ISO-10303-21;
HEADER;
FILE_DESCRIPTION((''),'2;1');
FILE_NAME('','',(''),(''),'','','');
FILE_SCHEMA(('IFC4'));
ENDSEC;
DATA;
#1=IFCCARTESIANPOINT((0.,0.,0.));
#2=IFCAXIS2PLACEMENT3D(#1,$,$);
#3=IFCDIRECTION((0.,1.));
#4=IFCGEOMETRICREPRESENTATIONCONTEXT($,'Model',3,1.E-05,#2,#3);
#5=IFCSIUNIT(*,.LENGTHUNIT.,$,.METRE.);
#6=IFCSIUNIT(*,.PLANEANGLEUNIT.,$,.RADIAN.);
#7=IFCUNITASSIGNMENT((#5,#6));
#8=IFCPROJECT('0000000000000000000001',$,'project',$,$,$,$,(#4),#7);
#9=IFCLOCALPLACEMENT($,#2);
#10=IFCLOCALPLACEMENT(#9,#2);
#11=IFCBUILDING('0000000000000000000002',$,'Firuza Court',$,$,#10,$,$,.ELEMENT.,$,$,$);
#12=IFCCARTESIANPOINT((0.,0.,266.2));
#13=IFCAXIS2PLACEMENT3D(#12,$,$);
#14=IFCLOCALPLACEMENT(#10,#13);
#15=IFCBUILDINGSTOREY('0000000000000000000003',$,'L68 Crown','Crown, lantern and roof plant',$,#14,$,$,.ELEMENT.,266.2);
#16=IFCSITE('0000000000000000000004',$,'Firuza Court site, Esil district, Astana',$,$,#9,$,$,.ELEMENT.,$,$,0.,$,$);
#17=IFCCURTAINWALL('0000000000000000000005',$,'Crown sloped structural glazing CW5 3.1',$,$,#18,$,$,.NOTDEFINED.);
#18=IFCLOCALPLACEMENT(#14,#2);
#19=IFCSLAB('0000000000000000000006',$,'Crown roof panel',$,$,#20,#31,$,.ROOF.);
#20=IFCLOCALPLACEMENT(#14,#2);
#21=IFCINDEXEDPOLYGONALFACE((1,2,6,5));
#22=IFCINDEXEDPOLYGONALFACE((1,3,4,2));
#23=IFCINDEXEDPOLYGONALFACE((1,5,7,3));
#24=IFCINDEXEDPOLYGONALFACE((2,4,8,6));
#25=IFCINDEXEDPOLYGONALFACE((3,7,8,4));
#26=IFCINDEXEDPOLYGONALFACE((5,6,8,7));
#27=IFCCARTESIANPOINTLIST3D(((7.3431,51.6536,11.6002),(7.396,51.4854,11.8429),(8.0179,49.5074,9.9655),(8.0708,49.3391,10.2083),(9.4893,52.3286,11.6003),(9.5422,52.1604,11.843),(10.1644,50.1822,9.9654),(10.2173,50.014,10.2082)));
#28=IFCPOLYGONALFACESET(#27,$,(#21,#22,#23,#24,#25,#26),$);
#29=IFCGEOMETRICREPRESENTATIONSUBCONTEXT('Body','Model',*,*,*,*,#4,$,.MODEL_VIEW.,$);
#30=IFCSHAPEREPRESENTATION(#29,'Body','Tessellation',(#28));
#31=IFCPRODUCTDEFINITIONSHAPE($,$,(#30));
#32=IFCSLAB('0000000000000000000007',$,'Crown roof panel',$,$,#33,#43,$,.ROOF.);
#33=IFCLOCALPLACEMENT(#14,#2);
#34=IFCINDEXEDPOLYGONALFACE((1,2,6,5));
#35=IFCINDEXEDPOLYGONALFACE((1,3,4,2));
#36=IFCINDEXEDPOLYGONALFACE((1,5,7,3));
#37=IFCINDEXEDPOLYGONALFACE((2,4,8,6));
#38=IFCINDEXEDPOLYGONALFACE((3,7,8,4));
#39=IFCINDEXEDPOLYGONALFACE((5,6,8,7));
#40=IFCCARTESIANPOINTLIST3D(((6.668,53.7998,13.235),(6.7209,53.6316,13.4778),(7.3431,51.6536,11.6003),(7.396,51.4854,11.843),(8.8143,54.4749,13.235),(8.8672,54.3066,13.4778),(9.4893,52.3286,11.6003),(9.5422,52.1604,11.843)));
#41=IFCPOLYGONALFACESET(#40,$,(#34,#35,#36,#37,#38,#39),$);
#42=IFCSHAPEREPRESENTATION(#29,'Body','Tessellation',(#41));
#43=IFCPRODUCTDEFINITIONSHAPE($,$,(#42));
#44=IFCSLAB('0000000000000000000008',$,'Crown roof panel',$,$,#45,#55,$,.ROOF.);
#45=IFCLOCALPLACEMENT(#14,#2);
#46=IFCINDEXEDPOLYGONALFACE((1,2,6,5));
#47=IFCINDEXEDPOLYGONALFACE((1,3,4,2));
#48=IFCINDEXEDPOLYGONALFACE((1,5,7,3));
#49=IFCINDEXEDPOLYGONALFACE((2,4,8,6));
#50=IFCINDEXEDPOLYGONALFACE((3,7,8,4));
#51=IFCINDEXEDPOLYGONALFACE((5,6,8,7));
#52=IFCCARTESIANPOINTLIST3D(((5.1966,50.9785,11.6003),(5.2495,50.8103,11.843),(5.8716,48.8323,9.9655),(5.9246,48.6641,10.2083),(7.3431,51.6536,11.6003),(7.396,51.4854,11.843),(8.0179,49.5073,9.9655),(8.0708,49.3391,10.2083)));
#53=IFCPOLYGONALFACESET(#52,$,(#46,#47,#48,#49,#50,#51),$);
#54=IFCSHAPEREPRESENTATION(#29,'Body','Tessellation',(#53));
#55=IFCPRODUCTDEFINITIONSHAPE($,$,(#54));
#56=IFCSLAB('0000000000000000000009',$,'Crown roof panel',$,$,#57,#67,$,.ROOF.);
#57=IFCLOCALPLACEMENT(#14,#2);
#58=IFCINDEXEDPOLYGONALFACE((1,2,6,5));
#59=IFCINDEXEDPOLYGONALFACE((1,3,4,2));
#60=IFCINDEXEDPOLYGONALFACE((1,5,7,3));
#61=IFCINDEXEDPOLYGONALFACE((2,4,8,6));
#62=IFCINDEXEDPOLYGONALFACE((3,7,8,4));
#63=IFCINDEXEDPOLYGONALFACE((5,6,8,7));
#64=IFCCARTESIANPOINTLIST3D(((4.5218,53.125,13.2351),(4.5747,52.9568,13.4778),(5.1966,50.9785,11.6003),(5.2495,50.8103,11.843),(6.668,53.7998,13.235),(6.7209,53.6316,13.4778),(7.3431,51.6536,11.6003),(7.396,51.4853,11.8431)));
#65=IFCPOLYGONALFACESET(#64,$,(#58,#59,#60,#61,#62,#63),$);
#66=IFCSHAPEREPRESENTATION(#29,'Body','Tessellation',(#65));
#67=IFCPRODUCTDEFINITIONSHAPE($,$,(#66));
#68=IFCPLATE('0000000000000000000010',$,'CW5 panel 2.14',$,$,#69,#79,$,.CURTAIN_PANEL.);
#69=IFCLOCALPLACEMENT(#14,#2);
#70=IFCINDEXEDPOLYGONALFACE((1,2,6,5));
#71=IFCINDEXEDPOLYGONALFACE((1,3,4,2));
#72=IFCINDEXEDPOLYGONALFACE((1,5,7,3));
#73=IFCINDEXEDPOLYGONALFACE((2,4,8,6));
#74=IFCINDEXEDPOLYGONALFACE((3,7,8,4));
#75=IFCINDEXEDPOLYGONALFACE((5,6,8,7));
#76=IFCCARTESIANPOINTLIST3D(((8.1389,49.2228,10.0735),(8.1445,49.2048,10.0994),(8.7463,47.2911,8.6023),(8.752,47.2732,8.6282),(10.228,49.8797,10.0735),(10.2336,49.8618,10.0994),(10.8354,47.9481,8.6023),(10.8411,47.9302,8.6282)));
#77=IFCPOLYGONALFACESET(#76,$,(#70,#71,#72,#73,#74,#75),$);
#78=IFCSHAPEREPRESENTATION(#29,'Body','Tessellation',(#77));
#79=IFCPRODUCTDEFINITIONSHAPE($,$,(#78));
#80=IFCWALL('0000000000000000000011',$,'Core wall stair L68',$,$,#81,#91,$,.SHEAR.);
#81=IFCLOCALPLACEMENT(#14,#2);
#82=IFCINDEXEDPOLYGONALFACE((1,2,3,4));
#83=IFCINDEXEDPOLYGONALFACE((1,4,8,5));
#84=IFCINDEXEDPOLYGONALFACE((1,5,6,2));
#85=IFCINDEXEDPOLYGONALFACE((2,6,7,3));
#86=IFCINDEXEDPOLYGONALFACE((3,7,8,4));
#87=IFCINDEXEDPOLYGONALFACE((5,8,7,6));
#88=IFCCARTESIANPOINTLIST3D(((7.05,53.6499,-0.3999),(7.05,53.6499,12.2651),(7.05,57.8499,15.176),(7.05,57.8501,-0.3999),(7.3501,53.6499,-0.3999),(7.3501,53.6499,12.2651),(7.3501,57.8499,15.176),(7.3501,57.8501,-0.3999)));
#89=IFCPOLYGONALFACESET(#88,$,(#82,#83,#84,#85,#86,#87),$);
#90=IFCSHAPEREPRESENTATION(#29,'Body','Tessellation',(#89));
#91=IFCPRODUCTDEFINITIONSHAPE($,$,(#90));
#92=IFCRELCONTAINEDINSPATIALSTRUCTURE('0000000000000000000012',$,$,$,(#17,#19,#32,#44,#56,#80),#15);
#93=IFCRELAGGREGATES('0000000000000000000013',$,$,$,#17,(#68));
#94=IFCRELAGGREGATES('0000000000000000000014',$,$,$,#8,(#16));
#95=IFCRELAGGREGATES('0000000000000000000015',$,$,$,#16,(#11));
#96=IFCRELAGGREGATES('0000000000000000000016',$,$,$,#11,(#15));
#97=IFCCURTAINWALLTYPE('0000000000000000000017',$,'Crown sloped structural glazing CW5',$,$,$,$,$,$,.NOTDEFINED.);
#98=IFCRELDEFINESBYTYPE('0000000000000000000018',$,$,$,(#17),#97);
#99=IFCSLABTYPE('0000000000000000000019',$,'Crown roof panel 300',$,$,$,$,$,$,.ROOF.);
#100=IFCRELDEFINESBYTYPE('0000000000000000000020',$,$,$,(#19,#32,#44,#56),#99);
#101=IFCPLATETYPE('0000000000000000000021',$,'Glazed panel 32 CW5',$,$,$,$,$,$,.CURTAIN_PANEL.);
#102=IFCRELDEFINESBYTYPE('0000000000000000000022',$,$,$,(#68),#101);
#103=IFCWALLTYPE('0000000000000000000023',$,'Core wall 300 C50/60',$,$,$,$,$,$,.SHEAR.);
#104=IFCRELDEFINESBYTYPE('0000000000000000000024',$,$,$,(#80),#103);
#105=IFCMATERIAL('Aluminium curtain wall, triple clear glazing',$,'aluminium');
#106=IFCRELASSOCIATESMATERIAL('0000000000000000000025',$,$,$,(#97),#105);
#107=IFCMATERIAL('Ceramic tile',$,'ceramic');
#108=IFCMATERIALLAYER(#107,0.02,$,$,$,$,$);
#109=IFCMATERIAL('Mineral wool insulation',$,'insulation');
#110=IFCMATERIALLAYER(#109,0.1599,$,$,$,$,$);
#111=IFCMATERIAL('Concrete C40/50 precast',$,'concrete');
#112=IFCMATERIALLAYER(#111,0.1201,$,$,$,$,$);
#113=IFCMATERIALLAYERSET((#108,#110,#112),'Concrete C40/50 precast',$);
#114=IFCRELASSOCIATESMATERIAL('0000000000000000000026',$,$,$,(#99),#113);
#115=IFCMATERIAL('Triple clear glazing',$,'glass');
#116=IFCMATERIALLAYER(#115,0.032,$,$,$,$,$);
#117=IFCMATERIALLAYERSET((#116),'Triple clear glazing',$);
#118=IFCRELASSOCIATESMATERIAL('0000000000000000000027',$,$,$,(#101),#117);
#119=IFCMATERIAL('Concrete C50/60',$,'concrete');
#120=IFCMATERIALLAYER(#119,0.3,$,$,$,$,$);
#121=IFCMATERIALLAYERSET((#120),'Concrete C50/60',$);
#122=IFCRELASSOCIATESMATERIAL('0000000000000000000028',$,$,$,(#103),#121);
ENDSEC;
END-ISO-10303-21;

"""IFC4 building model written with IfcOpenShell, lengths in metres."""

from ifc_helpers import new_model, si_unit, direction, frame, origin, place, context, subcontext, project, spatial, polyline, outline, extrude, material, layer, layer_set, type_object, element, aggregate, save


model = new_model("IFC4")

# Units and contexts
model_context = context("Model", 3, precision=1e-05, world=origin(), true_north=direction((0.0, 1.0)))
body_context = subcontext(model_context, "Body", "Model", "MODEL_VIEW")
ifc_project = project(units=[si_unit("LENGTHUNIT", "METRE"), si_unit("PLANEANGLEUNIT", "RADIAN")], contexts=[model_context])

# Site, building, storey
site_placement = place(None, origin())
site = spatial("IfcSite", under=ifc_project, at=site_placement, Name="Firuza Court site, Esil district, Astana", CompositionType="ELEMENT", RefElevation=0.0)
building_placement = place(site_placement, origin())
building = spatial("IfcBuilding", under=site, at=building_placement, Name="Firuza Court", CompositionType="ELEMENT")
storey_placement = place(building_placement, frame((0.0, 0.0, 266.2)))
storey = spatial("IfcBuildingStorey", under=building, at=storey_placement, Name="L68 Crown", Description="Crown, lantern and roof plant", CompositionType="ELEMENT", Elevation=266.2)

# Curtain wall
ifc_material_1 = material(Name="Aluminium curtain wall, triple clear glazing", Category="aluminium")
curtain_wall_type = type_object("IfcCurtainWallType", Name="Crown sloped structural glazing CW5", PredefinedType="NOTDEFINED", material=ifc_material_1)
curtain_wall_placement = place(storey_placement, origin())
curtain_wall = element("IfcCurtainWall", 1, at=curtain_wall_placement, inside=storey, type_object=curtain_wall_type, Name="Crown sloped structural glazing CW5 3.1", PredefinedType="NOTDEFINED")

# Slabs
ifc_material_2 = material(Name="Ceramic tile", Category="ceramic")
ifc_layer_1 = layer(ifc_material_2, 0.02)
ifc_material_3 = material(Name="Mineral wool insulation", Category="insulation")
ifc_layer_2 = layer(ifc_material_3, 0.1599)
ifc_material_4 = material(Name="Concrete C40/50 precast", Category="concrete")
ifc_layer_3 = layer(ifc_material_4, 0.1201)
ifc_layer_set_1 = layer_set([ifc_layer_1, ifc_layer_2, ifc_layer_3], Name="Concrete C40/50 precast")
slab_type = type_object("IfcSlabType", Name="Crown roof panel 300", PredefinedType="ROOF", material=ifc_layer_set_1)
slab_1_placement = place(storey_placement, frame((8.0708, 49.3391, 10.2083), z_axis=(0.176323, -0.560731, 0.809006), x_axis=(-0.242651, 0.771759, 0.5878)))
element("IfcSlab", 2, at=slab_1_placement, inside=storey, type_object=slab_type, Name="Crown roof panel", PredefinedType="ROOF", context=body_context, shape_type="SweptSolid", body=[
    extrude(outline(polyline([(0.0, 0.0), (2.781, 0.0), (2.7812, -2.2499), (-0.0001, -2.2501), (0.0, 0.0)])), origin(), (0.0, 0.0, -1.0), 0.3),
])
slab_2_placement = place(storey_placement, frame((7.396, 51.4854, 11.843), z_axis=(0.176365, -0.560732, 0.808997), x_axis=(-0.242728, 0.771725, 0.587813)))
element("IfcSlab", 3, at=slab_2_placement, inside=storey, type_object=slab_type, Name="Crown roof panel", PredefinedType="ROOF", context=body_context, shape_type="SweptSolid", body=[
    extrude(outline(polyline([(0.0, 0.0), (2.7811, 0.0), (2.7811, -2.2499), (0.0, -2.2499), (0.0, 0.0)])), origin(), (0.0, 0.0, -1.0), 0.3),
])
slab_3_placement = place(storey_placement, frame((5.9246, 48.6641, 10.2083), z_axis=(0.176358, -0.560741, 0.808992), x_axis=(-0.242726, 0.77172, 0.58782)))
element("IfcSlab", 4, at=slab_3_placement, inside=storey, type_object=slab_type, Name="Crown roof panel", PredefinedType="ROOF", context=body_context, shape_type="SweptSolid", body=[
    extrude(outline(polyline([(0.0, 0.0), (2.7811, 0.0), (2.781, -2.2501), (0.0, -2.2499), (0.0, 0.0)])), origin(), (0.0, 0.0, -1.0), 0.3),
])
slab_4_placement = place(storey_placement, frame((5.2495, 50.8103, 11.843), z_axis=(0.176323, -0.560731, 0.809006), x_axis=(-0.242626, 0.771767, 0.5878)))
element("IfcSlab", 5, at=slab_4_placement, inside=storey, type_object=slab_type, Name="Crown roof panel", PredefinedType="ROOF", context=body_context, shape_type="SweptSolid", body=[
    extrude(outline(polyline([(0.0, 0.0), (2.7812, 0.0), (2.7813, -2.2498), (0.0002, -2.2501), (0.0, 0.0)])), origin(), (0.0, 0.0, -1.0), 0.3),
])

# Plate
ifc_material_5 = material(Name="Triple clear glazing", Category="glass")
ifc_layer_4 = layer(ifc_material_5, 0.032)
ifc_layer_set_2 = layer_set([ifc_layer_4], Name="Triple clear glazing")
plate_type = type_object("IfcPlateType", Name="Glazed panel 32 CW5", PredefinedType="CURTAIN_PANEL", material=ifc_layer_set_2)
plate_placement = place(storey_placement, frame((10.8411, 47.9302, 8.6282), z_axis=(0.176334, -0.560717, 0.809013), x_axis=(-0.953941, -0.299995, 0.0)))
plate = element("IfcPlate", 6, at=plate_placement, type_object=plate_type, Name="CW5 panel 2.14", PredefinedType="CURTAIN_PANEL", context=body_context, shape_type="SweptSolid", body=[
    extrude(outline(polyline([(0.0, 0.0), (2.19, 0.0), (2.1899, -2.5029), (0.0, -2.5029), (0.0, 0.0)])), origin(), (0.0, 0.0, -1.0), 0.032),
])
aggregate(curtain_wall, [plate])

# Wall
ifc_material_6 = material(Name="Concrete C50/60", Category="concrete")
ifc_layer_5 = layer(ifc_material_6, 0.3)
ifc_layer_set_3 = layer_set([ifc_layer_5], Name="Concrete C50/60")
wall_type = type_object("IfcWallType", Name="Core wall 300 C50/60", PredefinedType="SHEAR", material=ifc_layer_set_3)
wall_placement = place(storey_placement, frame((7.2, 53.6499, -0.3999), z_axis=(0.0, 0.0, 1.0), x_axis=(0.0, 1.0, 0.0)))
element("IfcWall", 7, at=wall_placement, inside=storey, type_object=wall_type, Name="Core wall stair L68", PredefinedType="SHEAR", context=body_context, shape_type="SweptSolid", body=[
    extrude(outline(polyline([(0.0, 0.0), (4.2002, 0.0), (4.2, 15.5759), (0.0, 12.665), (0.0, 0.0)])), frame((0.0, 0.1499, 0.0), z_axis=(0.0, -1.0, 0.0), x_axis=(1.0, 0.0, 0.0)), (0.0, 0.0, 1.0), 0.3),
])

save(model, "model.ifc")
